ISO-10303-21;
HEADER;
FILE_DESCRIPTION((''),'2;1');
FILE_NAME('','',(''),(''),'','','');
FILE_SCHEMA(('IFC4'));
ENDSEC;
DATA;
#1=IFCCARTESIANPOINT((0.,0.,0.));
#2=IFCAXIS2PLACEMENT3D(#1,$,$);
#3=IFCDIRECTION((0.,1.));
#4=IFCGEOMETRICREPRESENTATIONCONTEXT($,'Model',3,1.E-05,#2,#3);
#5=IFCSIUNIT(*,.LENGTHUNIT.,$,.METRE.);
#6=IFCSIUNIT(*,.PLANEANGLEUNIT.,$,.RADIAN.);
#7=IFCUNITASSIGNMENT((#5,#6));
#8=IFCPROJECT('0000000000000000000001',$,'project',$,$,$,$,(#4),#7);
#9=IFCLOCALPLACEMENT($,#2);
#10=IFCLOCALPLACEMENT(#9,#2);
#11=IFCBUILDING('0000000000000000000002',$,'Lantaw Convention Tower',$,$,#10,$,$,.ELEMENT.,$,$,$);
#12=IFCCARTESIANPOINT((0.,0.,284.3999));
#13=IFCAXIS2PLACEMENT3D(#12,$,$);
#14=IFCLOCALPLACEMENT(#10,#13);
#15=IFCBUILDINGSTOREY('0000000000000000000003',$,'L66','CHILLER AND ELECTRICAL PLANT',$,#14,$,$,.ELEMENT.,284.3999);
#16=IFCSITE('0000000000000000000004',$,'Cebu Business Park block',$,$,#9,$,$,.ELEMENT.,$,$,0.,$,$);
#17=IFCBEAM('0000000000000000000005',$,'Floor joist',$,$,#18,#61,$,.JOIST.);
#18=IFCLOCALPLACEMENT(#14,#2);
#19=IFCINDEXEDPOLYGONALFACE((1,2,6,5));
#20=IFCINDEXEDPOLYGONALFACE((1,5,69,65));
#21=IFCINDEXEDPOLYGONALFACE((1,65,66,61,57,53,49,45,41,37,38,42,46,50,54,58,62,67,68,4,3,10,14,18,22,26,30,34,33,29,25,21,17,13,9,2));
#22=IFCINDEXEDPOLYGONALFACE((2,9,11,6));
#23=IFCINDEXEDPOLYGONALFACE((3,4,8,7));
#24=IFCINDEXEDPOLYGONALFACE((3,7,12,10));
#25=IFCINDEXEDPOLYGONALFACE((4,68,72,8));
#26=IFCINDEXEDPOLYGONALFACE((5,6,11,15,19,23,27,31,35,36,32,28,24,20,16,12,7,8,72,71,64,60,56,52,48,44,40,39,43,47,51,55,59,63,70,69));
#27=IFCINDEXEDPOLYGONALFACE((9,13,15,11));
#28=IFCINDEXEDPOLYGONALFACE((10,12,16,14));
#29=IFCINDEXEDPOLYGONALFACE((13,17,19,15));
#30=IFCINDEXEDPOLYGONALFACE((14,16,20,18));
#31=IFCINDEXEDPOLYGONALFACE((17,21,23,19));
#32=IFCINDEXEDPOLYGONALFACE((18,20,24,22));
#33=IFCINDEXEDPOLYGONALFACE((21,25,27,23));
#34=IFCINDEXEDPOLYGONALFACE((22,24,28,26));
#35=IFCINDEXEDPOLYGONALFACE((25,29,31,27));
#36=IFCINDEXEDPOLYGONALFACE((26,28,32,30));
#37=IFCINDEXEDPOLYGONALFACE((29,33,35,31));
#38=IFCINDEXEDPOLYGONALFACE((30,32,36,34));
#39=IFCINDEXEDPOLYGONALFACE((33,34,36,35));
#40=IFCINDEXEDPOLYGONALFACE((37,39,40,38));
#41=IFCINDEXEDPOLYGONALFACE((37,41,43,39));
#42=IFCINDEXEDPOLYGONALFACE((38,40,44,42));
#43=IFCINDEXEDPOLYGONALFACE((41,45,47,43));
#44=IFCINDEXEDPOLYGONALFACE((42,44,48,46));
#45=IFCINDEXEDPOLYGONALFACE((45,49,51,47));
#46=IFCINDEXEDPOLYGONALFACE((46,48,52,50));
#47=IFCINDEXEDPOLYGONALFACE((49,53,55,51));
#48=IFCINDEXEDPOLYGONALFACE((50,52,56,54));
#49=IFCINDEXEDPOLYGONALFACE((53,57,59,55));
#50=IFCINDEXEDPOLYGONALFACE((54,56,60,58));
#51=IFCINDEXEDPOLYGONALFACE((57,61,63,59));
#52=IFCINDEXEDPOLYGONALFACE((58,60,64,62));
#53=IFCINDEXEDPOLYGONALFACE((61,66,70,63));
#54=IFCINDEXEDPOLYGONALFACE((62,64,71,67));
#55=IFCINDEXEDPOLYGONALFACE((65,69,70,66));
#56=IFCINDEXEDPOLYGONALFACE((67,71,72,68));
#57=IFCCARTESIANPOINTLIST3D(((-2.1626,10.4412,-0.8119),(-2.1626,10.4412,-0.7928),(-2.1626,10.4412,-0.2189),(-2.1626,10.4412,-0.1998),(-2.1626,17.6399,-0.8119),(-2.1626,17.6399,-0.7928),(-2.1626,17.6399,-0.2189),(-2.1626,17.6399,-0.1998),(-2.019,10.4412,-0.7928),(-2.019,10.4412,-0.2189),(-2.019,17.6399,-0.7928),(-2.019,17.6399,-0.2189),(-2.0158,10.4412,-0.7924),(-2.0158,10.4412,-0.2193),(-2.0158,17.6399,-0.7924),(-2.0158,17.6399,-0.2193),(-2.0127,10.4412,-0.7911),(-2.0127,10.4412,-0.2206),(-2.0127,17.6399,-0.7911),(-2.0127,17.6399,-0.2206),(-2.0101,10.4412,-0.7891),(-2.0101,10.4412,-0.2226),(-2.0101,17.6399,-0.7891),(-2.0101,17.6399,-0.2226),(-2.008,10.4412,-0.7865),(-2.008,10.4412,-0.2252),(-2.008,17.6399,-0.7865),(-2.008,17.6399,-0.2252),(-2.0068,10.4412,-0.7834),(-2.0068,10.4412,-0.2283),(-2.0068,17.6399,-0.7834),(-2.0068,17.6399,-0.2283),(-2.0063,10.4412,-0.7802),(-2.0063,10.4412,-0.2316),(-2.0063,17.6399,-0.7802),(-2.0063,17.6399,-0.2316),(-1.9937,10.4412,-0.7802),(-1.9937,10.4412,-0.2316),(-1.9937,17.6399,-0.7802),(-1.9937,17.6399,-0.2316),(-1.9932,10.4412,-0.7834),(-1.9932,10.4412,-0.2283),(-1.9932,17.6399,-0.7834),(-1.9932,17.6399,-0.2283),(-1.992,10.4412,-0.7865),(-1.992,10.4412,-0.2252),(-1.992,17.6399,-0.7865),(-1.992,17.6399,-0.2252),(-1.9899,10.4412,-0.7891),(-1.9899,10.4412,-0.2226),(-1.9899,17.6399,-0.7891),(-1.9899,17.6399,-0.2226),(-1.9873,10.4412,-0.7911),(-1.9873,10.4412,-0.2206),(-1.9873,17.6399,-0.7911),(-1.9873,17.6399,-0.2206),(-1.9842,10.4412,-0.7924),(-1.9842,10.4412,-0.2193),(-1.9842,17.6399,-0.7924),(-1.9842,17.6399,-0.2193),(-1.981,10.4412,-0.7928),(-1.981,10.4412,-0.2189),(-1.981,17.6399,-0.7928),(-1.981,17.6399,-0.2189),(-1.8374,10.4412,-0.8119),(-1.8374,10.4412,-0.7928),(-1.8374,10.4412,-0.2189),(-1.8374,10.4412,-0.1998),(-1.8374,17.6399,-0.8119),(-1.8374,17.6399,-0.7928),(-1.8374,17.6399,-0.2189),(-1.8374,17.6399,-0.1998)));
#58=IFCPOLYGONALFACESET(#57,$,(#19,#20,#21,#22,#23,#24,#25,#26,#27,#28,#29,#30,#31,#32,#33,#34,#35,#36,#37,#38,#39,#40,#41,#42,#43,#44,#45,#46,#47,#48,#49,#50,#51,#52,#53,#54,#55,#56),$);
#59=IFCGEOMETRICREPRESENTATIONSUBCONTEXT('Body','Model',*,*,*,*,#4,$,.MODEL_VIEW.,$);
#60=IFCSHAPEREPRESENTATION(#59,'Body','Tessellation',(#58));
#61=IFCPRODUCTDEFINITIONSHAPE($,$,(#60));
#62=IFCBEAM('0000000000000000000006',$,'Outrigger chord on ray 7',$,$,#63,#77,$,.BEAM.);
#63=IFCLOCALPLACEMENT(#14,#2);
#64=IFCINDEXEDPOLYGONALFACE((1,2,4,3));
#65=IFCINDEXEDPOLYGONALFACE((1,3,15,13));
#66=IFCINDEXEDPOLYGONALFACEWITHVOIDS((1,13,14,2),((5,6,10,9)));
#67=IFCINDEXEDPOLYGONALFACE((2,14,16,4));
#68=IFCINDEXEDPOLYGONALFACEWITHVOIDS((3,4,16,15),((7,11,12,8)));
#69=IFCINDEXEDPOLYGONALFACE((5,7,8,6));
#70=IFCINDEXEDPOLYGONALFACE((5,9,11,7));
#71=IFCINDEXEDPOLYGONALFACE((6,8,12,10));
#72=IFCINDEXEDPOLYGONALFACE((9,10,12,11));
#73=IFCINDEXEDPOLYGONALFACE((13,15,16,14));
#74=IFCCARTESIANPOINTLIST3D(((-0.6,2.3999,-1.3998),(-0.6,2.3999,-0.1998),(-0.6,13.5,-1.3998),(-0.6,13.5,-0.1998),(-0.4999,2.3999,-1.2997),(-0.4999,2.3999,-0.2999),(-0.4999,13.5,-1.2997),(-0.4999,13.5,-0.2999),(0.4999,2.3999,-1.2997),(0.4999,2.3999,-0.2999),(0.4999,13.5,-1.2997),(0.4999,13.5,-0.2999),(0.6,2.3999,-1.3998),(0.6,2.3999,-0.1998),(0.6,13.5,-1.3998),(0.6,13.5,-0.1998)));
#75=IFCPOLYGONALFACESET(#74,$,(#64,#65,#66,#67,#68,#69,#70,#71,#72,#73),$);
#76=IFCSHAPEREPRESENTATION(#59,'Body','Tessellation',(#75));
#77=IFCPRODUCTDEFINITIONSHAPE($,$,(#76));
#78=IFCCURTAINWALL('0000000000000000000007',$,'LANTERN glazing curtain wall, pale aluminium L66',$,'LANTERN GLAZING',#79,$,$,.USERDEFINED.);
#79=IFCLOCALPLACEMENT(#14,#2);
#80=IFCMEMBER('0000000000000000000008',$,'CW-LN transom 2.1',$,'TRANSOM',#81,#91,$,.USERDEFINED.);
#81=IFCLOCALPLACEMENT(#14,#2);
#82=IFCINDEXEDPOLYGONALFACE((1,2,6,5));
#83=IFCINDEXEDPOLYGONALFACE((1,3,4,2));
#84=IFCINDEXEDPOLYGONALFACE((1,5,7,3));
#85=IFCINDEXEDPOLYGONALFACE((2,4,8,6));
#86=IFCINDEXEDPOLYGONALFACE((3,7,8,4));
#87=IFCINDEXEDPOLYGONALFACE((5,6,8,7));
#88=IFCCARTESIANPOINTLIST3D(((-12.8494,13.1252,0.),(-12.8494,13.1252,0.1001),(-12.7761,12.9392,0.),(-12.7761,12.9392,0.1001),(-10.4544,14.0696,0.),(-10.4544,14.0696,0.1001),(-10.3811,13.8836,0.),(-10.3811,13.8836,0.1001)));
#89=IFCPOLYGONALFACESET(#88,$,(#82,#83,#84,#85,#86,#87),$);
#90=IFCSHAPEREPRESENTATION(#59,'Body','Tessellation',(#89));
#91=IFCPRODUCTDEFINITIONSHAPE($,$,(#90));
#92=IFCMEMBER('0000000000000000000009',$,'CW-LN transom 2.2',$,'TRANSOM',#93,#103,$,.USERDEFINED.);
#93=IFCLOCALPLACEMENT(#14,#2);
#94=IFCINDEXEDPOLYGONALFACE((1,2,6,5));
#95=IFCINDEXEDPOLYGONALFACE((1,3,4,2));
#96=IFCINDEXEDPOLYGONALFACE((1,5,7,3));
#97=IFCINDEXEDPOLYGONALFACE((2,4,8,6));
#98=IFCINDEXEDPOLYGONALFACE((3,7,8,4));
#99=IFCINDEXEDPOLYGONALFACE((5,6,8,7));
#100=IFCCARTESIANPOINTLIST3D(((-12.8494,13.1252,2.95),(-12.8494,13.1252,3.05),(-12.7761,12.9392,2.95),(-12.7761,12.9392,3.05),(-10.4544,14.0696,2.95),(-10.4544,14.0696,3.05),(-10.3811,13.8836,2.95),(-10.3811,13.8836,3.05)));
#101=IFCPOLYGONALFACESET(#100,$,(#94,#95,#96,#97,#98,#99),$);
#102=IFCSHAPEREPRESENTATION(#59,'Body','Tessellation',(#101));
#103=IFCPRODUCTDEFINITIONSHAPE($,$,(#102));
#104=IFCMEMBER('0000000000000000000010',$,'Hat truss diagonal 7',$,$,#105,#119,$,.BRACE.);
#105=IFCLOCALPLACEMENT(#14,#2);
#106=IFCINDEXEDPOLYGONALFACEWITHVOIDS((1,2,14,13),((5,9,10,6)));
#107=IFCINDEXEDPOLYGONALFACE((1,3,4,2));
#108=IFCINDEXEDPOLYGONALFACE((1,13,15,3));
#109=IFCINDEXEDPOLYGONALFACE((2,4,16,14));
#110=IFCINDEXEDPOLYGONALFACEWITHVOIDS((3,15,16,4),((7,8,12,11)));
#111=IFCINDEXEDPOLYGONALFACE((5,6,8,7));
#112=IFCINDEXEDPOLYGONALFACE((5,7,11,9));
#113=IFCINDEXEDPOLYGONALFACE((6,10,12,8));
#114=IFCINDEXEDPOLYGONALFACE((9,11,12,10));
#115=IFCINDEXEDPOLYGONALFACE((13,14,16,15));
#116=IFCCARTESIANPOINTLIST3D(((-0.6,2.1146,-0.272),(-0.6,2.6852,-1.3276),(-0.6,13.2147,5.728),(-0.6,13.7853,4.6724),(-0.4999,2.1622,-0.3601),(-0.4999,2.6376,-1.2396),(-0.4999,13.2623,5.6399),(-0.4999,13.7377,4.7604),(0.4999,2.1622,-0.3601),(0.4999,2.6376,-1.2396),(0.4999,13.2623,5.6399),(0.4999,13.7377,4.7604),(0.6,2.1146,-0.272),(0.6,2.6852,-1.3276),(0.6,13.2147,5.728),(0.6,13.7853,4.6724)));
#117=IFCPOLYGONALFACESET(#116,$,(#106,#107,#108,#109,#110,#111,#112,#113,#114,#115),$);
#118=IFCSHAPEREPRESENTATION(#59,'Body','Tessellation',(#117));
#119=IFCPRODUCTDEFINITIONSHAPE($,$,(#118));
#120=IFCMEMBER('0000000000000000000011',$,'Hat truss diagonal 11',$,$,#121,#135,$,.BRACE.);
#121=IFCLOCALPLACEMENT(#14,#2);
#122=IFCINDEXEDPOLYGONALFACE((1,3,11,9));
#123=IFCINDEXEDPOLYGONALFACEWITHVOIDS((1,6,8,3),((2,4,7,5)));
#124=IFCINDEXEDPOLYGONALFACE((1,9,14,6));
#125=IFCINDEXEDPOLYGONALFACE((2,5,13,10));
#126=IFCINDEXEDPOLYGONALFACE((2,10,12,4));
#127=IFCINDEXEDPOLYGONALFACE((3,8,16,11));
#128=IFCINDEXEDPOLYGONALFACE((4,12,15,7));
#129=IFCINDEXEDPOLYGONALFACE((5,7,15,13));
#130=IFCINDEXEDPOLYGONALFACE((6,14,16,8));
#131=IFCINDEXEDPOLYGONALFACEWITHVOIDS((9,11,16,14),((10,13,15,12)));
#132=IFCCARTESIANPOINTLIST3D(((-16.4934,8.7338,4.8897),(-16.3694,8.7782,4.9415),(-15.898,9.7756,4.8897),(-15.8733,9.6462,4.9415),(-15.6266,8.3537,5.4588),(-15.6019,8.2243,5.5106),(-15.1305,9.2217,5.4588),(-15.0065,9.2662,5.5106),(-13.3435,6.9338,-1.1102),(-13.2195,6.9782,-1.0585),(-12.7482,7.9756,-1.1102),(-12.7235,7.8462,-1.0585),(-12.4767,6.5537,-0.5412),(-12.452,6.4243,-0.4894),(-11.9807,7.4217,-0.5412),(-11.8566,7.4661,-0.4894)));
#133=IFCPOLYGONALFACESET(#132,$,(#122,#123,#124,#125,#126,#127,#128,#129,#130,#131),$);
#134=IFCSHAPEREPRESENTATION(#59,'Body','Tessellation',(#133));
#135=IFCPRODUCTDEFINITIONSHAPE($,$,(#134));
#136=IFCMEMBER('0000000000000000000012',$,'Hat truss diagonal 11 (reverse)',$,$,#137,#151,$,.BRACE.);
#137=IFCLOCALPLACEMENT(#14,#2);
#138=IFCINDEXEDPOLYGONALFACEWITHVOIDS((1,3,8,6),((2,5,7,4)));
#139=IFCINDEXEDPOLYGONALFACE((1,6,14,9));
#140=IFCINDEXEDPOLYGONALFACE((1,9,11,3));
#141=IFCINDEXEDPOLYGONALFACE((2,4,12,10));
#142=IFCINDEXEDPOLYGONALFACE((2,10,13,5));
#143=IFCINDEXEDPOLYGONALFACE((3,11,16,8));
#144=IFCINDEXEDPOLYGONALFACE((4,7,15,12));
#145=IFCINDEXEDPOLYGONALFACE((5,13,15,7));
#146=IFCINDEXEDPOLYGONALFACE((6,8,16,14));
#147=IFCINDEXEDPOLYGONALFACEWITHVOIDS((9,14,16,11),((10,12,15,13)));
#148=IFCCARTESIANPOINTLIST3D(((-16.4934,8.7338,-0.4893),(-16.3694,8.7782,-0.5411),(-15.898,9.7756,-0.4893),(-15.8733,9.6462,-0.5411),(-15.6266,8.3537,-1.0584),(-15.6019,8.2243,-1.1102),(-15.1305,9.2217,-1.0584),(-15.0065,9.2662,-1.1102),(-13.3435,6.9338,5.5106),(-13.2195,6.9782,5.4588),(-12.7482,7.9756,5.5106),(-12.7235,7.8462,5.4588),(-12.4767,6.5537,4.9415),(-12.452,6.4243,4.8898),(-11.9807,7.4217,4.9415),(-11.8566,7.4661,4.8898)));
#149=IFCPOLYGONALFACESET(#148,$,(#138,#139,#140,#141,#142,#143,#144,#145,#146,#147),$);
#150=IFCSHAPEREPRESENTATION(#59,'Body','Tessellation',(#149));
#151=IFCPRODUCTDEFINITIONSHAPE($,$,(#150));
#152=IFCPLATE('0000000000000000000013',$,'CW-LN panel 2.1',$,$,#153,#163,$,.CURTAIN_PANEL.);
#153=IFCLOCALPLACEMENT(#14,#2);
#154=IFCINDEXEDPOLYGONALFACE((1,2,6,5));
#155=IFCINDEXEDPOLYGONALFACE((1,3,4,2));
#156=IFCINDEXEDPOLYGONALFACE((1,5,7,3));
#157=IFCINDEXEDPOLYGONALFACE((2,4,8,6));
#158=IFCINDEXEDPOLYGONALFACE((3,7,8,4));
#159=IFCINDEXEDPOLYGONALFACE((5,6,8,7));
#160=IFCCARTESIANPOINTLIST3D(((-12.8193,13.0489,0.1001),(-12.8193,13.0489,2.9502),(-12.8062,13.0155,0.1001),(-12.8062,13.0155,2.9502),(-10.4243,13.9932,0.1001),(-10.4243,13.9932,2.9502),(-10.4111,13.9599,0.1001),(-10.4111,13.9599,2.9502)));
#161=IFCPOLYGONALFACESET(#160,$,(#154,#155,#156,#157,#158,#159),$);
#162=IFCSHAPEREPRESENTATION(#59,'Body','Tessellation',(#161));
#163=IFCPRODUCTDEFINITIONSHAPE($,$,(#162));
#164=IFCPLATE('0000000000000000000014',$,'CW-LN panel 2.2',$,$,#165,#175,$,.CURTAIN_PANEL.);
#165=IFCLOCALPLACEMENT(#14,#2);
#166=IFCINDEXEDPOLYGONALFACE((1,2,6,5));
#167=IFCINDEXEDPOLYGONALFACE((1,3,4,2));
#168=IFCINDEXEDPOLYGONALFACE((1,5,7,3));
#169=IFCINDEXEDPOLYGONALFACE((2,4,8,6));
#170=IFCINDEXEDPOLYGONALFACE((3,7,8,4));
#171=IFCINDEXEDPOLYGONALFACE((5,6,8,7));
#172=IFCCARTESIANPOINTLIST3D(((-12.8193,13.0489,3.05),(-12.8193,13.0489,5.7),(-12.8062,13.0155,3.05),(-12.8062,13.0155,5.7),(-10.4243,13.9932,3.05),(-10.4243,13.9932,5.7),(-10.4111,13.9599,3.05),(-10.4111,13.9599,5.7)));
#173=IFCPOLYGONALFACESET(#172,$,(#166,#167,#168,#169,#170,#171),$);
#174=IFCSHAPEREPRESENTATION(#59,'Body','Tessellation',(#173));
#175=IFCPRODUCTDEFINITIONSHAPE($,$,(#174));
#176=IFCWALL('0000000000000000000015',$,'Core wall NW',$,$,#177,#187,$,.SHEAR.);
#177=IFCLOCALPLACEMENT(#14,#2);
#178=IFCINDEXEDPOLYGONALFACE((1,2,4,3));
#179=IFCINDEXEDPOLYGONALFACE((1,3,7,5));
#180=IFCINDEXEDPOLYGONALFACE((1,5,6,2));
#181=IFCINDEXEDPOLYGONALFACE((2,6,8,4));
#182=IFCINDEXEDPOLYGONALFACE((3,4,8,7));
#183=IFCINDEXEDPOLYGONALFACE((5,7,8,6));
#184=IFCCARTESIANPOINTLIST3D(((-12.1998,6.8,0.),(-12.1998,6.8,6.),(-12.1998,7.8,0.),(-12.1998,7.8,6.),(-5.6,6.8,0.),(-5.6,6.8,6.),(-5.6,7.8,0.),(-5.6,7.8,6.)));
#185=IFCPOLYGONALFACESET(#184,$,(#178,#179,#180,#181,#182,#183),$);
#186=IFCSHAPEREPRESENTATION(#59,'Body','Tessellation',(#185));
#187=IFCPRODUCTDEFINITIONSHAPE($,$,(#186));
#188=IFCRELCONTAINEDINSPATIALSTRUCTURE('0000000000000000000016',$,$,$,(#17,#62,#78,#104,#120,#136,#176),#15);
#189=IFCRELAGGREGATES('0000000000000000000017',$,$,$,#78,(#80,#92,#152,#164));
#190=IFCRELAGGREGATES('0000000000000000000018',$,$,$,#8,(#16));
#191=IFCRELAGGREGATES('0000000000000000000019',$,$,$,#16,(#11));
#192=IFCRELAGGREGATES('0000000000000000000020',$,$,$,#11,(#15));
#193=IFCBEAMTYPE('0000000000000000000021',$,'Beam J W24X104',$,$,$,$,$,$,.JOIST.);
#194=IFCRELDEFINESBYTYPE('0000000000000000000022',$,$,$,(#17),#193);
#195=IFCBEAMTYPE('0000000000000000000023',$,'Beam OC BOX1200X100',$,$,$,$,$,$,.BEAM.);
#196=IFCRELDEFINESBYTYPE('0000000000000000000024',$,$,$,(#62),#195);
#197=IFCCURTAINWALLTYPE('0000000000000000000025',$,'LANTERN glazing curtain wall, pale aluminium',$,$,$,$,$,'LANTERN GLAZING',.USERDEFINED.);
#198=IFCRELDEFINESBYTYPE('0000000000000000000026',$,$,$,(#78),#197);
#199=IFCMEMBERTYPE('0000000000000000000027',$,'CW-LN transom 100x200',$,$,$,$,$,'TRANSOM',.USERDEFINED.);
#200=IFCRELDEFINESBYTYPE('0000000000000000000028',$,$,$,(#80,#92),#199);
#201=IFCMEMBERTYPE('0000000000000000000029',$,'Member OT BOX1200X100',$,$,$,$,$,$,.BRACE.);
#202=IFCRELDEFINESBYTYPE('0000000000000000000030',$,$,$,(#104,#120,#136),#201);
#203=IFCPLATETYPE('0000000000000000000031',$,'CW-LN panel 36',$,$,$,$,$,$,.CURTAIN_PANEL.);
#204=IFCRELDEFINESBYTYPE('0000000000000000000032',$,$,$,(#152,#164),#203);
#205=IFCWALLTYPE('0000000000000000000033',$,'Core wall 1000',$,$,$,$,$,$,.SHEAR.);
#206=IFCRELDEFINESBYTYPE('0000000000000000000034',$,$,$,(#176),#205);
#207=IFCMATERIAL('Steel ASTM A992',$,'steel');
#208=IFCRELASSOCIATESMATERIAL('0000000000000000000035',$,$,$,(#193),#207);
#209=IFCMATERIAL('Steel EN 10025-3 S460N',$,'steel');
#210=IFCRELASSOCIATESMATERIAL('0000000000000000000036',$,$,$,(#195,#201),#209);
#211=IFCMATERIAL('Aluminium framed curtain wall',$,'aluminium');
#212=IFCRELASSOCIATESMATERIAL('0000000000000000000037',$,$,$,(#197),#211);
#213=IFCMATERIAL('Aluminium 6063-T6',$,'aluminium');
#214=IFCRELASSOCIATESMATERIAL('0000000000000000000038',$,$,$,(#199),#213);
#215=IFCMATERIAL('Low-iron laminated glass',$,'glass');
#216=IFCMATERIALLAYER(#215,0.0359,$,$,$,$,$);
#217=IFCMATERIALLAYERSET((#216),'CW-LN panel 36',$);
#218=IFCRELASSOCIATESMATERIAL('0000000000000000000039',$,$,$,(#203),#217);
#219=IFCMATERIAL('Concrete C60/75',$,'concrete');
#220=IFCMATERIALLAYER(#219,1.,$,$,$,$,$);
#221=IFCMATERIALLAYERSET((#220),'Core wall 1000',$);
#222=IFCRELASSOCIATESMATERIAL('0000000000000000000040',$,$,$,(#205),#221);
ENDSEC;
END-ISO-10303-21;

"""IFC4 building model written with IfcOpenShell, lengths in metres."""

from ifc_helpers import new_model, si_unit, direction, frame, frame_2d, origin, origin_2d, place, context, subcontext, project, spatial, rectangle, hollow_rectangle, i_section, extrude, material, layer, layer_set, material_profile, profile_set, type_object, element, aggregate, save


model = new_model("IFC4")

# Units and contexts
model_context = context("Model", 3, precision=1e-05, world=origin(), true_north=direction((0.0, 1.0)))
body_context = subcontext(model_context, "Body", "Model", "MODEL_VIEW")
ifc_project = project(units=[si_unit("LENGTHUNIT", "METRE"), si_unit("PLANEANGLEUNIT", "RADIAN")], contexts=[model_context])

# Site, building, storey
site_placement = place(None, origin())
site = spatial("IfcSite", under=ifc_project, at=site_placement, Name="Cebu Business Park block", CompositionType="ELEMENT", RefElevation=0.0)
building_placement = place(site_placement, origin())
building = spatial("IfcBuilding", under=site, at=building_placement, Name="Lantaw Convention Tower", CompositionType="ELEMENT")
storey_placement = place(building_placement, frame((0.0, 0.0, 284.3999)))
storey = spatial("IfcBuildingStorey", under=building, at=storey_placement, Name="L66", Description="CHILLER AND ELECTRICAL PLANT", CompositionType="ELEMENT", Elevation=284.3999)

# Shared definitions
ifc_material_1 = material(Name="Steel EN 10025-3 S460N", Category="steel")
ifc_material_2 = material(Name="Concrete C60/75", Category="concrete")

# Beams
ifc_material_3 = material(Name="Steel ASTM A992", Category="steel")
ifc_material_profile_1 = material_profile(ifc_material_3, i_section(OverallWidth=0.3252, OverallDepth=0.6121, WebThickness=0.0127, FlangeThickness=0.019, FilletRadius=0.0127, at=origin_2d()), Name="W24X104")
ifc_profile_set_1 = profile_set([ifc_material_profile_1], Name="Steel ASTM A992")
beam_type_1 = type_object("IfcBeamType", Name="Beam J W24X104", PredefinedType="JOIST", material=ifc_profile_set_1)
beam_1_placement = place(storey_placement, frame((-2.0, 10.4412, -0.5059), z_axis=(0.0, 1.0, 0.0), x_axis=(-1.0, 0.0, 0.0)))
element("IfcBeam", 1, at=beam_1_placement, inside=storey, type_object=beam_type_1, Name="Floor joist", PredefinedType="JOIST", context=body_context, shape_type="SweptSolid", body=[
    extrude(i_section(OverallWidth=0.3252, OverallDepth=0.6121, WebThickness=0.0127, FlangeThickness=0.019, FilletRadius=0.0127, at=origin_2d()), origin(), (0.0, 0.0, 1.0), 7.1987),
])
ifc_material_profile_2 = material_profile(ifc_material_1, hollow_rectangle(XDim=1.2, YDim=1.2, WallThickness=0.1001, at=origin_2d()), Name="BOX1200X100")
ifc_profile_set_2 = profile_set([ifc_material_profile_2], Name="Steel EN 10025-3 S460N")
beam_type_2 = type_object("IfcBeamType", Name="Beam OC BOX1200X100", PredefinedType="BEAM", material=ifc_profile_set_2)
beam_2_placement = place(storey_placement, frame((0.0, 2.3999, -0.7998), z_axis=(0.0, 1.0, 0.0), x_axis=(-1.0, 0.0, 0.0)))
element("IfcBeam", 2, at=beam_2_placement, inside=storey, type_object=beam_type_2, Name="Outrigger chord on ray 7", PredefinedType="BEAM", context=body_context, shape_type="SweptSolid", body=[
    extrude(hollow_rectangle(XDim=1.2, YDim=1.2, WallThickness=0.1001, at=origin_2d()), origin(), (0.0, 0.0, 1.0), 11.1001),
])

# Curtain wall, members
ifc_material_4 = material(Name="Aluminium framed curtain wall", Category="aluminium")
curtain_wall_type = type_object("IfcCurtainWallType", Name="LANTERN glazing curtain wall, pale aluminium", ElementType="LANTERN GLAZING", PredefinedType="USERDEFINED", material=ifc_material_4)
curtain_wall_placement = place(storey_placement, origin())
curtain_wall = element("IfcCurtainWall", 3, at=curtain_wall_placement, inside=storey, type_object=curtain_wall_type, Name="LANTERN glazing curtain wall, pale aluminium L66", ObjectType="LANTERN GLAZING", PredefinedType="USERDEFINED")
ifc_material_5 = material(Name="Aluminium 6063-T6", Category="aluminium")
ifc_material_profile_3 = material_profile(ifc_material_5, rectangle(XDim=0.2, YDim=0.1001, at=origin_2d()), Name="CW-LN transom 100x200")
ifc_profile_set_3 = profile_set([ifc_material_profile_3], Name="Aluminium 6063-T6")
member_type_1 = type_object("IfcMemberType", Name="CW-LN transom 100x200", ElementType="TRANSOM", PredefinedType="USERDEFINED", material=ifc_profile_set_3)
member_1_placement = place(storey_placement, frame((-10.4177, 13.9766, 0.05), z_axis=(-0.930297, -0.366808, 0.0), x_axis=(0.366808, -0.930297, 0.0)))
member_1 = element("IfcMember", 4, at=member_1_placement, type_object=member_type_1, Name="CW-LN transom 2.1", ObjectType="TRANSOM", PredefinedType="USERDEFINED", context=body_context, shape_type="SweptSolid", body=[
    extrude(rectangle(XDim=0.2, YDim=0.1001, at=origin_2d()), origin(), (0.0, 0.0, 1.0), 2.5745),
])
member_2_placement = place(storey_placement, frame((-10.4177, 13.9766, 3.0), z_axis=(-0.930297, -0.366808, 0.0), x_axis=(0.366808, -0.930297, 0.0)))
member_2 = element("IfcMember", 5, at=member_2_placement, type_object=member_type_1, Name="CW-LN transom 2.2", ObjectType="TRANSOM", PredefinedType="USERDEFINED", context=body_context, shape_type="SweptSolid", body=[
    extrude(rectangle(XDim=0.2, YDim=0.1001, at=origin_2d()), origin(), (0.0, 0.0, 1.0), 2.5745),
])

# Members
ifc_material_profile_4 = material_profile(ifc_material_1, hollow_rectangle(XDim=1.2, YDim=1.2, WallThickness=0.1001, at=origin_2d()), Name="BOX1200X100")
ifc_profile_set_4 = profile_set([ifc_material_profile_4], Name="Steel EN 10025-3 S460N")
member_type_2 = type_object("IfcMemberType", Name="Member OT BOX1200X100", PredefinedType="BRACE", material=ifc_profile_set_4)
member_3_placement = place(storey_placement, frame((0.0, 2.3999, -0.7998), z_axis=(0.0, 0.879708, 0.475514), x_axis=(-1.0, 0.0, 0.0)))
element("IfcMember", 6, at=member_3_placement, inside=storey, type_object=member_type_2, Name="Hat truss diagonal 7", PredefinedType="BRACE", context=body_context, shape_type="SweptSolid", body=[
    extrude(hollow_rectangle(XDim=1.2, YDim=1.2, WallThickness=0.1001, at=origin_2d()), origin(), (0.0, 0.0, 1.0), 12.6179),
])
for number, where, z_axis, x_axis, name in (
    (7, (-12.6001, 7.2, -0.7998), (-0.449244, 0.256726, 0.855729), (-0.496161, -0.868231, 0.0), "Hat truss diagonal 11"),
    (8, (-12.6001, 7.2, 5.2002), (-0.449244, 0.256726, -0.855729), (-0.496161, -0.868231, 0.0), "Hat truss diagonal 11 (reverse)"),
):
    element("IfcMember", number, at=place(storey_placement, frame(where, z_axis=z_axis, x_axis=x_axis)), inside=storey, type_object=member_type_2, Name=name, PredefinedType="BRACE", context=body_context, shape_type="SweptSolid", body=[
        extrude(hollow_rectangle(XDim=1.2, YDim=1.2, WallThickness=0.1001, at=origin_2d()), origin(), (0.0, 0.0, 1.0), 7.0115),
    ])

# Plates
ifc_material_6 = material(Name="Low-iron laminated glass", Category="glass")
ifc_layer_1 = layer(ifc_material_6, 0.0359)
ifc_layer_set_1 = layer_set([ifc_layer_1], Name="CW-LN panel 36")
plate_type = type_object("IfcPlateType", Name="CW-LN panel 36", PredefinedType="CURTAIN_PANEL", material=ifc_layer_set_1)
plate_1_placement = place(storey_placement, frame((-11.6152, 13.5044, 0.1001), z_axis=(0.0, 0.0, 1.0), x_axis=(-0.930299, -0.366802, 0.0)))
plate_1 = element("IfcPlate", 9, at=plate_1_placement, type_object=plate_type, Name="CW-LN panel 2.1", PredefinedType="CURTAIN_PANEL", context=body_context, shape_type="SweptSolid", body=[
    extrude(rectangle(XDim=2.5745, YDim=0.0359, at=origin_2d()), origin(), (0.0, 0.0, 1.0), 2.8501),
])
plate_2_placement = place(storey_placement, frame((-11.6152, 13.5044, 3.05), z_axis=(0.0, 0.0, 1.0), x_axis=(-0.930299, -0.366802, 0.0)))
plate_2 = element("IfcPlate", 10, at=plate_2_placement, type_object=plate_type, Name="CW-LN panel 2.2", PredefinedType="CURTAIN_PANEL", context=body_context, shape_type="SweptSolid", body=[
    extrude(rectangle(XDim=2.5745, YDim=0.0359, at=origin_2d()), origin(), (0.0, 0.0, 1.0), 2.6499),
])
aggregate(curtain_wall, [member_1, member_2, plate_1, plate_2])

# Wall
ifc_layer_2 = layer(ifc_material_2, 1.0)
ifc_layer_set_2 = layer_set([ifc_layer_2], Name="Core wall 1000")
wall_type_1 = type_object("IfcWallType", Name="Core wall 1000", PredefinedType="SHEAR", material=ifc_layer_set_2)
wall_1_placement = place(storey_placement, frame((-5.6001, 7.3, 0.0), z_axis=(0.0, 0.0, 1.0), x_axis=(-1.0, 0.0, 0.0)))
element("IfcWall", 11, at=wall_1_placement, inside=storey, type_object=wall_type_1, Name="Core wall NW", PredefinedType="SHEAR", context=body_context, shape_type="SweptSolid", body=[
    extrude(rectangle(XDim=6.5999, YDim=1.0, at=frame_2d((3.2998, 0.0))), origin(), (0.0, 0.0, 1.0), 6.0),
])

save(model, "model.ifc")
